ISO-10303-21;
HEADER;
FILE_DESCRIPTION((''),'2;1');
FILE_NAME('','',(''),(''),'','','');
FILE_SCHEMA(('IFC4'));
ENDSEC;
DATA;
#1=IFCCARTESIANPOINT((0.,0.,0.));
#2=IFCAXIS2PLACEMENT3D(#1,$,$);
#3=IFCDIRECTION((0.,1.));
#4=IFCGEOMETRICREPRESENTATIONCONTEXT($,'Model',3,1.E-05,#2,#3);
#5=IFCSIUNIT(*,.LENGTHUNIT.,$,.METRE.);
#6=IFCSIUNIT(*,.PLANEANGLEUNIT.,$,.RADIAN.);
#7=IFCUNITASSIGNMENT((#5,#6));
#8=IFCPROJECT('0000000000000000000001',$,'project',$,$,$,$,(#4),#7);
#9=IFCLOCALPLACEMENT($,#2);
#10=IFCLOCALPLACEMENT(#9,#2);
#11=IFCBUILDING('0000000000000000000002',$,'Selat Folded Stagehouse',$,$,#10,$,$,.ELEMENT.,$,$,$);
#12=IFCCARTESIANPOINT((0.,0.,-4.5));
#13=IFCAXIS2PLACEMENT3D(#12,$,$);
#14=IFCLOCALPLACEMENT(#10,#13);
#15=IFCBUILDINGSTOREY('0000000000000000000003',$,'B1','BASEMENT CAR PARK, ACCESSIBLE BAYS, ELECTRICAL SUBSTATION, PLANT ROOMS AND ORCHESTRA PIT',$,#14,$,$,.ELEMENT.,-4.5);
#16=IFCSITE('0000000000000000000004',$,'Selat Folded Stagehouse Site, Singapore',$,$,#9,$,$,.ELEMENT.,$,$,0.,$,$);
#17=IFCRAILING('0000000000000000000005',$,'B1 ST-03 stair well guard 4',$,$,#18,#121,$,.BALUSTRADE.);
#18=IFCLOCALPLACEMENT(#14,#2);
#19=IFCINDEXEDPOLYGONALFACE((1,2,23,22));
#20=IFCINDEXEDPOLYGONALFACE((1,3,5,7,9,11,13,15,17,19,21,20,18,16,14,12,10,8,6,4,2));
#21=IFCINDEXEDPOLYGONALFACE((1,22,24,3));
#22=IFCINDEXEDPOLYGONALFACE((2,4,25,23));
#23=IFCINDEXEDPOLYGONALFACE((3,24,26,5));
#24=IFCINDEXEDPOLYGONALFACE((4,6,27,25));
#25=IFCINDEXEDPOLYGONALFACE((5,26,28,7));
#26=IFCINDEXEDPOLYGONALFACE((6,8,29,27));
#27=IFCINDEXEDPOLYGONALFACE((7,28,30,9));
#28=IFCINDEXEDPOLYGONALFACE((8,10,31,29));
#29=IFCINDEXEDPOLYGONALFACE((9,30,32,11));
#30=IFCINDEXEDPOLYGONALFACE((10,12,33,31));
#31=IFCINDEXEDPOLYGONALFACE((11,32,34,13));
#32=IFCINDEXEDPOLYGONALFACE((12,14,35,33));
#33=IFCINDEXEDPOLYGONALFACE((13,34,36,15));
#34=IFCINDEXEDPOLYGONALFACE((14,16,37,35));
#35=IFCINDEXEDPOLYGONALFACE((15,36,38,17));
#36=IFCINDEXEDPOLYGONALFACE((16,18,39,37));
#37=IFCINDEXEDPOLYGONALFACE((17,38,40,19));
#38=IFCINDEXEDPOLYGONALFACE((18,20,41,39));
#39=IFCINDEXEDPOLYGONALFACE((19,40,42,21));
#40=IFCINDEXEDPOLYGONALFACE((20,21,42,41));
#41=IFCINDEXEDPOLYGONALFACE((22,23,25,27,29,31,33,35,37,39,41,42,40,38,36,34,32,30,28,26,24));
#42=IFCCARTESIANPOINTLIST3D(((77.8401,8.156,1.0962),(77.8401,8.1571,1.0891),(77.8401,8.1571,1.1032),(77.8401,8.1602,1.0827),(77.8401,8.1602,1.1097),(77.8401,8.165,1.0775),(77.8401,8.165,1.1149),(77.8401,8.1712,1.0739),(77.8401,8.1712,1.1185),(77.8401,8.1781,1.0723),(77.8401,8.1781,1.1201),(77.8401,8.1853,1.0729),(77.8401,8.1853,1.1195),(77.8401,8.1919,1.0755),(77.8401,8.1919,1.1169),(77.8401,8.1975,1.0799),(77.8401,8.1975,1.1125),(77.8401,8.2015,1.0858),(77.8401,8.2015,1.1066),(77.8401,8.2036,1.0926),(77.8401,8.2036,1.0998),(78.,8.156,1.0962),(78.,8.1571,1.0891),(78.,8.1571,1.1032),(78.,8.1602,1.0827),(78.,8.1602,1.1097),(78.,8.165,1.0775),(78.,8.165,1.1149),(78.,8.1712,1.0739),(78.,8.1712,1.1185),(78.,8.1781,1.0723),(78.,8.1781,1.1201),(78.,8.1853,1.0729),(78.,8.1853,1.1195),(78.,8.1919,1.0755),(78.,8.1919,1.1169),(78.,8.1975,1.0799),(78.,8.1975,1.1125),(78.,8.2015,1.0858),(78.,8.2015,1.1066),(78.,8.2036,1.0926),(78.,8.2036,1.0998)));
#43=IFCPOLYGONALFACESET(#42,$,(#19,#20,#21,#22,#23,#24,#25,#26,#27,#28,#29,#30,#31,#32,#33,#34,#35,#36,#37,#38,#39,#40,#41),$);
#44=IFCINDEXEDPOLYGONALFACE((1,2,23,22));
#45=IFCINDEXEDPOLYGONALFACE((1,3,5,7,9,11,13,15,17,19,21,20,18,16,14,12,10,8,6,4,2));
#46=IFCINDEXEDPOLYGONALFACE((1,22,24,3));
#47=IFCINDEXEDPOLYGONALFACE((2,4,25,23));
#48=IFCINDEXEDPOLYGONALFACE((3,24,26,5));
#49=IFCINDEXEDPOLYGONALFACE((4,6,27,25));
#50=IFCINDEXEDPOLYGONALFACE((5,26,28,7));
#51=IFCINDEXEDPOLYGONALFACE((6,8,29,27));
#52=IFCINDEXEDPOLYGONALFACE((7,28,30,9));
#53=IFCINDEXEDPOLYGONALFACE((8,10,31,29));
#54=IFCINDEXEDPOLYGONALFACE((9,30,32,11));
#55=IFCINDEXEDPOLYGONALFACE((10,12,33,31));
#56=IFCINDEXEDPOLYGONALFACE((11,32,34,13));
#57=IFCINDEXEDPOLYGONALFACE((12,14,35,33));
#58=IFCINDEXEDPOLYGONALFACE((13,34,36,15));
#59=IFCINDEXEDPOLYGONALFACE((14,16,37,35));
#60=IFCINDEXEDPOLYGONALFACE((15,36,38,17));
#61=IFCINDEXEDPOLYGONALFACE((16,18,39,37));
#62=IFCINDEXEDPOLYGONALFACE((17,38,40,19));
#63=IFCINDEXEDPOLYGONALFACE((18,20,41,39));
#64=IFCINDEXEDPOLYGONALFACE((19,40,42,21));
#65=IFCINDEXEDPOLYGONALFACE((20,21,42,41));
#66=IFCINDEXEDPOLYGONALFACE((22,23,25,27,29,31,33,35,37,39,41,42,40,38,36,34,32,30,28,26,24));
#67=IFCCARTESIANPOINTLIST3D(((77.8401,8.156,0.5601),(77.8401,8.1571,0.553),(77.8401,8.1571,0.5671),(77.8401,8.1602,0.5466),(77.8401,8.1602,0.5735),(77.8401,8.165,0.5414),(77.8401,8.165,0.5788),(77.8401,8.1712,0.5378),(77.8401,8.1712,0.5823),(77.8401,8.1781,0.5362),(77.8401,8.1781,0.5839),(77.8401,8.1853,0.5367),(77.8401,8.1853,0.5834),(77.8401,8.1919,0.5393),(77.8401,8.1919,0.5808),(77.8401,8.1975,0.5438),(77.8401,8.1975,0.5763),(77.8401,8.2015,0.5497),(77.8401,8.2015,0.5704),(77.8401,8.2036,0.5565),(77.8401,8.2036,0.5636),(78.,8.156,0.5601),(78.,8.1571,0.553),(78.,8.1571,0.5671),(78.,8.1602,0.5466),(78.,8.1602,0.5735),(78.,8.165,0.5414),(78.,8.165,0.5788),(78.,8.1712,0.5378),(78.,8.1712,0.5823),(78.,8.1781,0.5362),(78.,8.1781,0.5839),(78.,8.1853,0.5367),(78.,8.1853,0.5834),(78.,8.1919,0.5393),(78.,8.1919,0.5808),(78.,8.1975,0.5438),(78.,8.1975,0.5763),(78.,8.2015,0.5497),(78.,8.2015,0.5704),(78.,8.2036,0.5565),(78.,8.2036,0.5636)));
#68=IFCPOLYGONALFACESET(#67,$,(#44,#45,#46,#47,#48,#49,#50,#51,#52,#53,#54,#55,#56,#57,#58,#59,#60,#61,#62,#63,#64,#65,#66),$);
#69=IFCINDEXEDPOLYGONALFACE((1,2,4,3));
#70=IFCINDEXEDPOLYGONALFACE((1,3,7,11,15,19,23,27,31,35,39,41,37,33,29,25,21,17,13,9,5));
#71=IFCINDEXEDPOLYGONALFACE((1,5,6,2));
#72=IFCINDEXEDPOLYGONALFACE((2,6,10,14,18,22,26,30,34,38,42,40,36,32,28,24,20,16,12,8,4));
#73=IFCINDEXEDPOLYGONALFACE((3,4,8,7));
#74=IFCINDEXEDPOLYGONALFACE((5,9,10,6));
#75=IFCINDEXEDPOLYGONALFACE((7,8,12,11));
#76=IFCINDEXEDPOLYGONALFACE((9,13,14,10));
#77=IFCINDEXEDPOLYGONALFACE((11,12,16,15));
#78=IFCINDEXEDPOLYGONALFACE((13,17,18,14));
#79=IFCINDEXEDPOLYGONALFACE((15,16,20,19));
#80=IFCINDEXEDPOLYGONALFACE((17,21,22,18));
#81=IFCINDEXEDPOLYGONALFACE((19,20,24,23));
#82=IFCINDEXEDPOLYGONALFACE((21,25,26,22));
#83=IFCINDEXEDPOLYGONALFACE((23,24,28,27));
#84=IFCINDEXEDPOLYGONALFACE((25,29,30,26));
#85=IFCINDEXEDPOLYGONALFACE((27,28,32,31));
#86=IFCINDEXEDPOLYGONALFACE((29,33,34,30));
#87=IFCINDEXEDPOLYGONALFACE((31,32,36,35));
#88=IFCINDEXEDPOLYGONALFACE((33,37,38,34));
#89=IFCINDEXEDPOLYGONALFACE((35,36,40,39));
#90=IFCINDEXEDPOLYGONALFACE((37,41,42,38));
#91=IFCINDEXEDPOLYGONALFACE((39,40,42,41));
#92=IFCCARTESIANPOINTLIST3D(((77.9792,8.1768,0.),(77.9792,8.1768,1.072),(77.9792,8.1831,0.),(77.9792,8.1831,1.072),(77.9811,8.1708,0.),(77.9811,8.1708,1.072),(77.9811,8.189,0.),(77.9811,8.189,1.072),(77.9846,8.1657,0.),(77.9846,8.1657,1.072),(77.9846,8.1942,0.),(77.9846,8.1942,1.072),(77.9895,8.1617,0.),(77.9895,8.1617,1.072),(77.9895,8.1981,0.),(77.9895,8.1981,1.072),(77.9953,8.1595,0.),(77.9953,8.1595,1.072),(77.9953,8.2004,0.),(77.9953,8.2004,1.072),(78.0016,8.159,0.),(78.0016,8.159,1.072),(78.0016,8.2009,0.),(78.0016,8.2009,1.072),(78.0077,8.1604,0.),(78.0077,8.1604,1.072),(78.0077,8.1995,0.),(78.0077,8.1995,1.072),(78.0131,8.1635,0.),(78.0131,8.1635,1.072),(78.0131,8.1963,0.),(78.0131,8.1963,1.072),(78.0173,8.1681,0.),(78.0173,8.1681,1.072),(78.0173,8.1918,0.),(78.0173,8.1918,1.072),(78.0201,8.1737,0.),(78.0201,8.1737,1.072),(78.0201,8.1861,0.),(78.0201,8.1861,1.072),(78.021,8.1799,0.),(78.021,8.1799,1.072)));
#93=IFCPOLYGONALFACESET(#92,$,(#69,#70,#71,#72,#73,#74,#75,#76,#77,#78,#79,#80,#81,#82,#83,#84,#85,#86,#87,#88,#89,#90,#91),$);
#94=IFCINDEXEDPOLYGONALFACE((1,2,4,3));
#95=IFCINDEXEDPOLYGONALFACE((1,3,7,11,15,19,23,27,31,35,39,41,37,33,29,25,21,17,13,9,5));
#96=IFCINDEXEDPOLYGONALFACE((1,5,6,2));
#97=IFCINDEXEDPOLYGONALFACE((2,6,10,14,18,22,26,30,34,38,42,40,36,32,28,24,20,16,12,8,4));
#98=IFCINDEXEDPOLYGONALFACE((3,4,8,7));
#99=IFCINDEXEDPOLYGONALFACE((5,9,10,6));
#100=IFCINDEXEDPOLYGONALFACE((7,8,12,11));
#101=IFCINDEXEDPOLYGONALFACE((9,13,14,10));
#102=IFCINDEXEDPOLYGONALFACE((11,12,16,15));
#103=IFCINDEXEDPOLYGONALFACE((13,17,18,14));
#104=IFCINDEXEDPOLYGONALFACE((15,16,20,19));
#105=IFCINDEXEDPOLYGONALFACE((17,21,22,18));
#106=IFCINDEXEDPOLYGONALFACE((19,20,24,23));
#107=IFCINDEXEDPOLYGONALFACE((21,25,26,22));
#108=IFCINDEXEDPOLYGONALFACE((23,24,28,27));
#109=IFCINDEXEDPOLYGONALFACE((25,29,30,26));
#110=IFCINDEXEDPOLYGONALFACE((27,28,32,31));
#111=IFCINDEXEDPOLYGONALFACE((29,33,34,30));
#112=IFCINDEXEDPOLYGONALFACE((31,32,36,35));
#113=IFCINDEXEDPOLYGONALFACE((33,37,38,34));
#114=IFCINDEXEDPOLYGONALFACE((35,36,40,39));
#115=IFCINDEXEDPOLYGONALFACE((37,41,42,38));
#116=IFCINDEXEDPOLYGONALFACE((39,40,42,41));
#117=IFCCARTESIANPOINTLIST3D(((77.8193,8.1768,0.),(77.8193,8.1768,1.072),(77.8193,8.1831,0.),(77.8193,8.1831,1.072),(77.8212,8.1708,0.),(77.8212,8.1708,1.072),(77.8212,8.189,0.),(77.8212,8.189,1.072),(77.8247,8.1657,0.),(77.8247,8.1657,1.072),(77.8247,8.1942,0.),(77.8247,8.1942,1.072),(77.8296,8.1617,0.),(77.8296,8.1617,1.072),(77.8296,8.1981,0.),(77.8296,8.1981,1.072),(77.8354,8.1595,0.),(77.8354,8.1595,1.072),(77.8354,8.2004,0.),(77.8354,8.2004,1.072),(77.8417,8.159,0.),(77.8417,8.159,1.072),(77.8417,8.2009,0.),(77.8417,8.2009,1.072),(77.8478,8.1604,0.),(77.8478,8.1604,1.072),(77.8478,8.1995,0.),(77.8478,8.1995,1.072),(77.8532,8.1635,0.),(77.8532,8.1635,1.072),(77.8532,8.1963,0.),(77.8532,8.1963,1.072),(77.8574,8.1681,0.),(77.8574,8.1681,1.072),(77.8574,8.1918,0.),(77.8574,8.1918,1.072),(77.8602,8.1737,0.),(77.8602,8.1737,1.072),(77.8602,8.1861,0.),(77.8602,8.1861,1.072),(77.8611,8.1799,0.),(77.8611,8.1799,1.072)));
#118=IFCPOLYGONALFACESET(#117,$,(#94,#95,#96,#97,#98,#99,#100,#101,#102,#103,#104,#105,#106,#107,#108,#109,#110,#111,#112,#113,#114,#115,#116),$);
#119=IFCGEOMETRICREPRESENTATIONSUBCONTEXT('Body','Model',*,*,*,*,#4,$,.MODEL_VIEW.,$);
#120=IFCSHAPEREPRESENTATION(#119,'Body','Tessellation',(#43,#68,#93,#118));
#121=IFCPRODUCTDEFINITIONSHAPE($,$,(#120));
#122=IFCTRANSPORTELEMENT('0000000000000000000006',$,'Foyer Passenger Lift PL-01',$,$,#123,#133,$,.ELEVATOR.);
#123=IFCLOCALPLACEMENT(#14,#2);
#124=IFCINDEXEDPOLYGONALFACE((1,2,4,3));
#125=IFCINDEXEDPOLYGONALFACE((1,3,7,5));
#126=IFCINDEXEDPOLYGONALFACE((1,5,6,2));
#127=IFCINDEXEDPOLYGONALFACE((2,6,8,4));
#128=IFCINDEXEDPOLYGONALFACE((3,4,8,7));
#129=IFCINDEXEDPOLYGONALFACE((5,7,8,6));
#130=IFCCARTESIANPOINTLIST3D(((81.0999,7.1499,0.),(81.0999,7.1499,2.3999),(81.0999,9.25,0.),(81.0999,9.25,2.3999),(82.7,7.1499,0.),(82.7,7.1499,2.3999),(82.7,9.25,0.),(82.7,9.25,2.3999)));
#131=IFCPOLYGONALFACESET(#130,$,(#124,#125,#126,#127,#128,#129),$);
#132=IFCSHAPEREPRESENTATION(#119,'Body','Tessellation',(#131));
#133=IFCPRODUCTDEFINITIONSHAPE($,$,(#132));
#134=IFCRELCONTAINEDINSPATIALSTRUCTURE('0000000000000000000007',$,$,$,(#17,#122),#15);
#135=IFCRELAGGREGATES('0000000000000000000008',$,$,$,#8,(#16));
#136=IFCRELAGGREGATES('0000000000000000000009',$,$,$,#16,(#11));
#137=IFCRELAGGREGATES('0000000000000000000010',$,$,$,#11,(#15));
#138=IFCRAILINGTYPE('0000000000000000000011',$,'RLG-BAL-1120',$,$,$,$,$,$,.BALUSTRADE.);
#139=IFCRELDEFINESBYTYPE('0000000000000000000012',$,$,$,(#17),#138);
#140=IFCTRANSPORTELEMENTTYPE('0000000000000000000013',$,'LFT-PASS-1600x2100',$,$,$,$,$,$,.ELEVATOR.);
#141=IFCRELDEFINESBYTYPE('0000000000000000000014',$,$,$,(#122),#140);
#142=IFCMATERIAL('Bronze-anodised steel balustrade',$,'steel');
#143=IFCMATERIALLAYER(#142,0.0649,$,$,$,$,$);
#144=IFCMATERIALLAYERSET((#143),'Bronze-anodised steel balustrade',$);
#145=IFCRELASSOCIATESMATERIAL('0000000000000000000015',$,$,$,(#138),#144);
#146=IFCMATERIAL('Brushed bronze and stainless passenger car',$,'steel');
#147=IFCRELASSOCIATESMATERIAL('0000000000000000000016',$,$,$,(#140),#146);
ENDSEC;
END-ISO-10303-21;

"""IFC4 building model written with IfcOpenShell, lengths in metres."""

from ifc_helpers import new_model, si_unit, direction, frame, origin, origin_2d, place, context, subcontext, project, spatial, rectangle, circle, extrude, material, layer, layer_set, type_object, element, save


model = new_model("IFC4")

# Units and contexts
model_context = context("Model", 3, precision=1e-05, world=origin(), true_north=direction((0.0, 1.0)))
body_context = subcontext(model_context, "Body", "Model", "MODEL_VIEW")
ifc_project = project(units=[si_unit("LENGTHUNIT", "METRE"), si_unit("PLANEANGLEUNIT", "RADIAN")], contexts=[model_context])

# Site, building, storey
site_placement = place(None, origin())
site = spatial("IfcSite", under=ifc_project, at=site_placement, Name="Selat Folded Stagehouse Site, Singapore", CompositionType="ELEMENT", RefElevation=0.0)
building_placement = place(site_placement, origin())
building = spatial("IfcBuilding", under=site, at=building_placement, Name="Selat Folded Stagehouse", CompositionType="ELEMENT")
storey_placement = place(building_placement, frame((0.0, 0.0, -4.5)))
storey = spatial("IfcBuildingStorey", under=building, at=storey_placement, Name="B1", Description="BASEMENT CAR PARK, ACCESSIBLE BAYS, ELECTRICAL SUBSTATION, PLANT ROOMS AND ORCHESTRA PIT", CompositionType="ELEMENT", Elevation=-4.5)

# Railing
ifc_material_1 = material(Name="Bronze-anodised steel balustrade", Category="steel")
ifc_layer_1 = layer(ifc_material_1, 0.0649)
ifc_layer_set_1 = layer_set([ifc_layer_1], Name="Bronze-anodised steel balustrade")
railing_type = type_object("IfcRailingType", Name="RLG-BAL-1120", PredefinedType="BALUSTRADE", material=ifc_layer_set_1)
railing_1_placement = place(storey_placement, frame((78.0, 8.1799, 0.0)))
element("IfcRailing", 1, at=railing_1_placement, inside=storey, type_object=railing_type, Name="B1 ST-03 stair well guard 4", PredefinedType="BALUSTRADE", context=body_context, shape_type="SweptSolid", body=[
    extrude(circle(Radius=0.0239, at=origin_2d()), frame((0.0, 0.0, 1.0962), z_axis=(-1.0, 0.0, 0.0), x_axis=(0.0, -1.0, 0.0)), (0.0, 0.0, 1.0), 0.1599),
    extrude(circle(Radius=0.0239, at=origin_2d()), frame((0.0, 0.0, 0.5601), z_axis=(-1.0, 0.0, 0.0), x_axis=(0.0, -1.0, 0.0)), (0.0, 0.0, 1.0), 0.1599),
    extrude(circle(Radius=0.021, at=origin_2d()), origin(), (0.0, 0.0, 1.0), 1.072),
    extrude(circle(Radius=0.021, at=origin_2d()), frame((-0.1599, 0.0, 0.0)), (0.0, 0.0, 1.0), 1.072),
])

# Transport element
ifc_material_2 = material(Name="Brushed bronze and stainless passenger car", Category="steel")
transport_element_type = type_object("IfcTransportElementType", Name="LFT-PASS-1600x2100", PredefinedType="ELEVATOR", material=ifc_material_2)
transport_element_placement = place(storey_placement, frame((81.8999, 8.2, 0.0), z_axis=(0.0, 0.0, 1.0), x_axis=(1.0, 0.0, 0.0)))
element("IfcTransportElement", 2, at=transport_element_placement, inside=storey, type_object=transport_element_type, Name="Foyer Passenger Lift PL-01", PredefinedType="ELEVATOR", context=body_context, shape_type="SweptSolid", body=[
    extrude(rectangle(XDim=1.6001, YDim=2.1001, at=origin_2d()), origin(), (0.0, 0.0, 1.0), 2.3999),
])

save(model, "model.ifc")
